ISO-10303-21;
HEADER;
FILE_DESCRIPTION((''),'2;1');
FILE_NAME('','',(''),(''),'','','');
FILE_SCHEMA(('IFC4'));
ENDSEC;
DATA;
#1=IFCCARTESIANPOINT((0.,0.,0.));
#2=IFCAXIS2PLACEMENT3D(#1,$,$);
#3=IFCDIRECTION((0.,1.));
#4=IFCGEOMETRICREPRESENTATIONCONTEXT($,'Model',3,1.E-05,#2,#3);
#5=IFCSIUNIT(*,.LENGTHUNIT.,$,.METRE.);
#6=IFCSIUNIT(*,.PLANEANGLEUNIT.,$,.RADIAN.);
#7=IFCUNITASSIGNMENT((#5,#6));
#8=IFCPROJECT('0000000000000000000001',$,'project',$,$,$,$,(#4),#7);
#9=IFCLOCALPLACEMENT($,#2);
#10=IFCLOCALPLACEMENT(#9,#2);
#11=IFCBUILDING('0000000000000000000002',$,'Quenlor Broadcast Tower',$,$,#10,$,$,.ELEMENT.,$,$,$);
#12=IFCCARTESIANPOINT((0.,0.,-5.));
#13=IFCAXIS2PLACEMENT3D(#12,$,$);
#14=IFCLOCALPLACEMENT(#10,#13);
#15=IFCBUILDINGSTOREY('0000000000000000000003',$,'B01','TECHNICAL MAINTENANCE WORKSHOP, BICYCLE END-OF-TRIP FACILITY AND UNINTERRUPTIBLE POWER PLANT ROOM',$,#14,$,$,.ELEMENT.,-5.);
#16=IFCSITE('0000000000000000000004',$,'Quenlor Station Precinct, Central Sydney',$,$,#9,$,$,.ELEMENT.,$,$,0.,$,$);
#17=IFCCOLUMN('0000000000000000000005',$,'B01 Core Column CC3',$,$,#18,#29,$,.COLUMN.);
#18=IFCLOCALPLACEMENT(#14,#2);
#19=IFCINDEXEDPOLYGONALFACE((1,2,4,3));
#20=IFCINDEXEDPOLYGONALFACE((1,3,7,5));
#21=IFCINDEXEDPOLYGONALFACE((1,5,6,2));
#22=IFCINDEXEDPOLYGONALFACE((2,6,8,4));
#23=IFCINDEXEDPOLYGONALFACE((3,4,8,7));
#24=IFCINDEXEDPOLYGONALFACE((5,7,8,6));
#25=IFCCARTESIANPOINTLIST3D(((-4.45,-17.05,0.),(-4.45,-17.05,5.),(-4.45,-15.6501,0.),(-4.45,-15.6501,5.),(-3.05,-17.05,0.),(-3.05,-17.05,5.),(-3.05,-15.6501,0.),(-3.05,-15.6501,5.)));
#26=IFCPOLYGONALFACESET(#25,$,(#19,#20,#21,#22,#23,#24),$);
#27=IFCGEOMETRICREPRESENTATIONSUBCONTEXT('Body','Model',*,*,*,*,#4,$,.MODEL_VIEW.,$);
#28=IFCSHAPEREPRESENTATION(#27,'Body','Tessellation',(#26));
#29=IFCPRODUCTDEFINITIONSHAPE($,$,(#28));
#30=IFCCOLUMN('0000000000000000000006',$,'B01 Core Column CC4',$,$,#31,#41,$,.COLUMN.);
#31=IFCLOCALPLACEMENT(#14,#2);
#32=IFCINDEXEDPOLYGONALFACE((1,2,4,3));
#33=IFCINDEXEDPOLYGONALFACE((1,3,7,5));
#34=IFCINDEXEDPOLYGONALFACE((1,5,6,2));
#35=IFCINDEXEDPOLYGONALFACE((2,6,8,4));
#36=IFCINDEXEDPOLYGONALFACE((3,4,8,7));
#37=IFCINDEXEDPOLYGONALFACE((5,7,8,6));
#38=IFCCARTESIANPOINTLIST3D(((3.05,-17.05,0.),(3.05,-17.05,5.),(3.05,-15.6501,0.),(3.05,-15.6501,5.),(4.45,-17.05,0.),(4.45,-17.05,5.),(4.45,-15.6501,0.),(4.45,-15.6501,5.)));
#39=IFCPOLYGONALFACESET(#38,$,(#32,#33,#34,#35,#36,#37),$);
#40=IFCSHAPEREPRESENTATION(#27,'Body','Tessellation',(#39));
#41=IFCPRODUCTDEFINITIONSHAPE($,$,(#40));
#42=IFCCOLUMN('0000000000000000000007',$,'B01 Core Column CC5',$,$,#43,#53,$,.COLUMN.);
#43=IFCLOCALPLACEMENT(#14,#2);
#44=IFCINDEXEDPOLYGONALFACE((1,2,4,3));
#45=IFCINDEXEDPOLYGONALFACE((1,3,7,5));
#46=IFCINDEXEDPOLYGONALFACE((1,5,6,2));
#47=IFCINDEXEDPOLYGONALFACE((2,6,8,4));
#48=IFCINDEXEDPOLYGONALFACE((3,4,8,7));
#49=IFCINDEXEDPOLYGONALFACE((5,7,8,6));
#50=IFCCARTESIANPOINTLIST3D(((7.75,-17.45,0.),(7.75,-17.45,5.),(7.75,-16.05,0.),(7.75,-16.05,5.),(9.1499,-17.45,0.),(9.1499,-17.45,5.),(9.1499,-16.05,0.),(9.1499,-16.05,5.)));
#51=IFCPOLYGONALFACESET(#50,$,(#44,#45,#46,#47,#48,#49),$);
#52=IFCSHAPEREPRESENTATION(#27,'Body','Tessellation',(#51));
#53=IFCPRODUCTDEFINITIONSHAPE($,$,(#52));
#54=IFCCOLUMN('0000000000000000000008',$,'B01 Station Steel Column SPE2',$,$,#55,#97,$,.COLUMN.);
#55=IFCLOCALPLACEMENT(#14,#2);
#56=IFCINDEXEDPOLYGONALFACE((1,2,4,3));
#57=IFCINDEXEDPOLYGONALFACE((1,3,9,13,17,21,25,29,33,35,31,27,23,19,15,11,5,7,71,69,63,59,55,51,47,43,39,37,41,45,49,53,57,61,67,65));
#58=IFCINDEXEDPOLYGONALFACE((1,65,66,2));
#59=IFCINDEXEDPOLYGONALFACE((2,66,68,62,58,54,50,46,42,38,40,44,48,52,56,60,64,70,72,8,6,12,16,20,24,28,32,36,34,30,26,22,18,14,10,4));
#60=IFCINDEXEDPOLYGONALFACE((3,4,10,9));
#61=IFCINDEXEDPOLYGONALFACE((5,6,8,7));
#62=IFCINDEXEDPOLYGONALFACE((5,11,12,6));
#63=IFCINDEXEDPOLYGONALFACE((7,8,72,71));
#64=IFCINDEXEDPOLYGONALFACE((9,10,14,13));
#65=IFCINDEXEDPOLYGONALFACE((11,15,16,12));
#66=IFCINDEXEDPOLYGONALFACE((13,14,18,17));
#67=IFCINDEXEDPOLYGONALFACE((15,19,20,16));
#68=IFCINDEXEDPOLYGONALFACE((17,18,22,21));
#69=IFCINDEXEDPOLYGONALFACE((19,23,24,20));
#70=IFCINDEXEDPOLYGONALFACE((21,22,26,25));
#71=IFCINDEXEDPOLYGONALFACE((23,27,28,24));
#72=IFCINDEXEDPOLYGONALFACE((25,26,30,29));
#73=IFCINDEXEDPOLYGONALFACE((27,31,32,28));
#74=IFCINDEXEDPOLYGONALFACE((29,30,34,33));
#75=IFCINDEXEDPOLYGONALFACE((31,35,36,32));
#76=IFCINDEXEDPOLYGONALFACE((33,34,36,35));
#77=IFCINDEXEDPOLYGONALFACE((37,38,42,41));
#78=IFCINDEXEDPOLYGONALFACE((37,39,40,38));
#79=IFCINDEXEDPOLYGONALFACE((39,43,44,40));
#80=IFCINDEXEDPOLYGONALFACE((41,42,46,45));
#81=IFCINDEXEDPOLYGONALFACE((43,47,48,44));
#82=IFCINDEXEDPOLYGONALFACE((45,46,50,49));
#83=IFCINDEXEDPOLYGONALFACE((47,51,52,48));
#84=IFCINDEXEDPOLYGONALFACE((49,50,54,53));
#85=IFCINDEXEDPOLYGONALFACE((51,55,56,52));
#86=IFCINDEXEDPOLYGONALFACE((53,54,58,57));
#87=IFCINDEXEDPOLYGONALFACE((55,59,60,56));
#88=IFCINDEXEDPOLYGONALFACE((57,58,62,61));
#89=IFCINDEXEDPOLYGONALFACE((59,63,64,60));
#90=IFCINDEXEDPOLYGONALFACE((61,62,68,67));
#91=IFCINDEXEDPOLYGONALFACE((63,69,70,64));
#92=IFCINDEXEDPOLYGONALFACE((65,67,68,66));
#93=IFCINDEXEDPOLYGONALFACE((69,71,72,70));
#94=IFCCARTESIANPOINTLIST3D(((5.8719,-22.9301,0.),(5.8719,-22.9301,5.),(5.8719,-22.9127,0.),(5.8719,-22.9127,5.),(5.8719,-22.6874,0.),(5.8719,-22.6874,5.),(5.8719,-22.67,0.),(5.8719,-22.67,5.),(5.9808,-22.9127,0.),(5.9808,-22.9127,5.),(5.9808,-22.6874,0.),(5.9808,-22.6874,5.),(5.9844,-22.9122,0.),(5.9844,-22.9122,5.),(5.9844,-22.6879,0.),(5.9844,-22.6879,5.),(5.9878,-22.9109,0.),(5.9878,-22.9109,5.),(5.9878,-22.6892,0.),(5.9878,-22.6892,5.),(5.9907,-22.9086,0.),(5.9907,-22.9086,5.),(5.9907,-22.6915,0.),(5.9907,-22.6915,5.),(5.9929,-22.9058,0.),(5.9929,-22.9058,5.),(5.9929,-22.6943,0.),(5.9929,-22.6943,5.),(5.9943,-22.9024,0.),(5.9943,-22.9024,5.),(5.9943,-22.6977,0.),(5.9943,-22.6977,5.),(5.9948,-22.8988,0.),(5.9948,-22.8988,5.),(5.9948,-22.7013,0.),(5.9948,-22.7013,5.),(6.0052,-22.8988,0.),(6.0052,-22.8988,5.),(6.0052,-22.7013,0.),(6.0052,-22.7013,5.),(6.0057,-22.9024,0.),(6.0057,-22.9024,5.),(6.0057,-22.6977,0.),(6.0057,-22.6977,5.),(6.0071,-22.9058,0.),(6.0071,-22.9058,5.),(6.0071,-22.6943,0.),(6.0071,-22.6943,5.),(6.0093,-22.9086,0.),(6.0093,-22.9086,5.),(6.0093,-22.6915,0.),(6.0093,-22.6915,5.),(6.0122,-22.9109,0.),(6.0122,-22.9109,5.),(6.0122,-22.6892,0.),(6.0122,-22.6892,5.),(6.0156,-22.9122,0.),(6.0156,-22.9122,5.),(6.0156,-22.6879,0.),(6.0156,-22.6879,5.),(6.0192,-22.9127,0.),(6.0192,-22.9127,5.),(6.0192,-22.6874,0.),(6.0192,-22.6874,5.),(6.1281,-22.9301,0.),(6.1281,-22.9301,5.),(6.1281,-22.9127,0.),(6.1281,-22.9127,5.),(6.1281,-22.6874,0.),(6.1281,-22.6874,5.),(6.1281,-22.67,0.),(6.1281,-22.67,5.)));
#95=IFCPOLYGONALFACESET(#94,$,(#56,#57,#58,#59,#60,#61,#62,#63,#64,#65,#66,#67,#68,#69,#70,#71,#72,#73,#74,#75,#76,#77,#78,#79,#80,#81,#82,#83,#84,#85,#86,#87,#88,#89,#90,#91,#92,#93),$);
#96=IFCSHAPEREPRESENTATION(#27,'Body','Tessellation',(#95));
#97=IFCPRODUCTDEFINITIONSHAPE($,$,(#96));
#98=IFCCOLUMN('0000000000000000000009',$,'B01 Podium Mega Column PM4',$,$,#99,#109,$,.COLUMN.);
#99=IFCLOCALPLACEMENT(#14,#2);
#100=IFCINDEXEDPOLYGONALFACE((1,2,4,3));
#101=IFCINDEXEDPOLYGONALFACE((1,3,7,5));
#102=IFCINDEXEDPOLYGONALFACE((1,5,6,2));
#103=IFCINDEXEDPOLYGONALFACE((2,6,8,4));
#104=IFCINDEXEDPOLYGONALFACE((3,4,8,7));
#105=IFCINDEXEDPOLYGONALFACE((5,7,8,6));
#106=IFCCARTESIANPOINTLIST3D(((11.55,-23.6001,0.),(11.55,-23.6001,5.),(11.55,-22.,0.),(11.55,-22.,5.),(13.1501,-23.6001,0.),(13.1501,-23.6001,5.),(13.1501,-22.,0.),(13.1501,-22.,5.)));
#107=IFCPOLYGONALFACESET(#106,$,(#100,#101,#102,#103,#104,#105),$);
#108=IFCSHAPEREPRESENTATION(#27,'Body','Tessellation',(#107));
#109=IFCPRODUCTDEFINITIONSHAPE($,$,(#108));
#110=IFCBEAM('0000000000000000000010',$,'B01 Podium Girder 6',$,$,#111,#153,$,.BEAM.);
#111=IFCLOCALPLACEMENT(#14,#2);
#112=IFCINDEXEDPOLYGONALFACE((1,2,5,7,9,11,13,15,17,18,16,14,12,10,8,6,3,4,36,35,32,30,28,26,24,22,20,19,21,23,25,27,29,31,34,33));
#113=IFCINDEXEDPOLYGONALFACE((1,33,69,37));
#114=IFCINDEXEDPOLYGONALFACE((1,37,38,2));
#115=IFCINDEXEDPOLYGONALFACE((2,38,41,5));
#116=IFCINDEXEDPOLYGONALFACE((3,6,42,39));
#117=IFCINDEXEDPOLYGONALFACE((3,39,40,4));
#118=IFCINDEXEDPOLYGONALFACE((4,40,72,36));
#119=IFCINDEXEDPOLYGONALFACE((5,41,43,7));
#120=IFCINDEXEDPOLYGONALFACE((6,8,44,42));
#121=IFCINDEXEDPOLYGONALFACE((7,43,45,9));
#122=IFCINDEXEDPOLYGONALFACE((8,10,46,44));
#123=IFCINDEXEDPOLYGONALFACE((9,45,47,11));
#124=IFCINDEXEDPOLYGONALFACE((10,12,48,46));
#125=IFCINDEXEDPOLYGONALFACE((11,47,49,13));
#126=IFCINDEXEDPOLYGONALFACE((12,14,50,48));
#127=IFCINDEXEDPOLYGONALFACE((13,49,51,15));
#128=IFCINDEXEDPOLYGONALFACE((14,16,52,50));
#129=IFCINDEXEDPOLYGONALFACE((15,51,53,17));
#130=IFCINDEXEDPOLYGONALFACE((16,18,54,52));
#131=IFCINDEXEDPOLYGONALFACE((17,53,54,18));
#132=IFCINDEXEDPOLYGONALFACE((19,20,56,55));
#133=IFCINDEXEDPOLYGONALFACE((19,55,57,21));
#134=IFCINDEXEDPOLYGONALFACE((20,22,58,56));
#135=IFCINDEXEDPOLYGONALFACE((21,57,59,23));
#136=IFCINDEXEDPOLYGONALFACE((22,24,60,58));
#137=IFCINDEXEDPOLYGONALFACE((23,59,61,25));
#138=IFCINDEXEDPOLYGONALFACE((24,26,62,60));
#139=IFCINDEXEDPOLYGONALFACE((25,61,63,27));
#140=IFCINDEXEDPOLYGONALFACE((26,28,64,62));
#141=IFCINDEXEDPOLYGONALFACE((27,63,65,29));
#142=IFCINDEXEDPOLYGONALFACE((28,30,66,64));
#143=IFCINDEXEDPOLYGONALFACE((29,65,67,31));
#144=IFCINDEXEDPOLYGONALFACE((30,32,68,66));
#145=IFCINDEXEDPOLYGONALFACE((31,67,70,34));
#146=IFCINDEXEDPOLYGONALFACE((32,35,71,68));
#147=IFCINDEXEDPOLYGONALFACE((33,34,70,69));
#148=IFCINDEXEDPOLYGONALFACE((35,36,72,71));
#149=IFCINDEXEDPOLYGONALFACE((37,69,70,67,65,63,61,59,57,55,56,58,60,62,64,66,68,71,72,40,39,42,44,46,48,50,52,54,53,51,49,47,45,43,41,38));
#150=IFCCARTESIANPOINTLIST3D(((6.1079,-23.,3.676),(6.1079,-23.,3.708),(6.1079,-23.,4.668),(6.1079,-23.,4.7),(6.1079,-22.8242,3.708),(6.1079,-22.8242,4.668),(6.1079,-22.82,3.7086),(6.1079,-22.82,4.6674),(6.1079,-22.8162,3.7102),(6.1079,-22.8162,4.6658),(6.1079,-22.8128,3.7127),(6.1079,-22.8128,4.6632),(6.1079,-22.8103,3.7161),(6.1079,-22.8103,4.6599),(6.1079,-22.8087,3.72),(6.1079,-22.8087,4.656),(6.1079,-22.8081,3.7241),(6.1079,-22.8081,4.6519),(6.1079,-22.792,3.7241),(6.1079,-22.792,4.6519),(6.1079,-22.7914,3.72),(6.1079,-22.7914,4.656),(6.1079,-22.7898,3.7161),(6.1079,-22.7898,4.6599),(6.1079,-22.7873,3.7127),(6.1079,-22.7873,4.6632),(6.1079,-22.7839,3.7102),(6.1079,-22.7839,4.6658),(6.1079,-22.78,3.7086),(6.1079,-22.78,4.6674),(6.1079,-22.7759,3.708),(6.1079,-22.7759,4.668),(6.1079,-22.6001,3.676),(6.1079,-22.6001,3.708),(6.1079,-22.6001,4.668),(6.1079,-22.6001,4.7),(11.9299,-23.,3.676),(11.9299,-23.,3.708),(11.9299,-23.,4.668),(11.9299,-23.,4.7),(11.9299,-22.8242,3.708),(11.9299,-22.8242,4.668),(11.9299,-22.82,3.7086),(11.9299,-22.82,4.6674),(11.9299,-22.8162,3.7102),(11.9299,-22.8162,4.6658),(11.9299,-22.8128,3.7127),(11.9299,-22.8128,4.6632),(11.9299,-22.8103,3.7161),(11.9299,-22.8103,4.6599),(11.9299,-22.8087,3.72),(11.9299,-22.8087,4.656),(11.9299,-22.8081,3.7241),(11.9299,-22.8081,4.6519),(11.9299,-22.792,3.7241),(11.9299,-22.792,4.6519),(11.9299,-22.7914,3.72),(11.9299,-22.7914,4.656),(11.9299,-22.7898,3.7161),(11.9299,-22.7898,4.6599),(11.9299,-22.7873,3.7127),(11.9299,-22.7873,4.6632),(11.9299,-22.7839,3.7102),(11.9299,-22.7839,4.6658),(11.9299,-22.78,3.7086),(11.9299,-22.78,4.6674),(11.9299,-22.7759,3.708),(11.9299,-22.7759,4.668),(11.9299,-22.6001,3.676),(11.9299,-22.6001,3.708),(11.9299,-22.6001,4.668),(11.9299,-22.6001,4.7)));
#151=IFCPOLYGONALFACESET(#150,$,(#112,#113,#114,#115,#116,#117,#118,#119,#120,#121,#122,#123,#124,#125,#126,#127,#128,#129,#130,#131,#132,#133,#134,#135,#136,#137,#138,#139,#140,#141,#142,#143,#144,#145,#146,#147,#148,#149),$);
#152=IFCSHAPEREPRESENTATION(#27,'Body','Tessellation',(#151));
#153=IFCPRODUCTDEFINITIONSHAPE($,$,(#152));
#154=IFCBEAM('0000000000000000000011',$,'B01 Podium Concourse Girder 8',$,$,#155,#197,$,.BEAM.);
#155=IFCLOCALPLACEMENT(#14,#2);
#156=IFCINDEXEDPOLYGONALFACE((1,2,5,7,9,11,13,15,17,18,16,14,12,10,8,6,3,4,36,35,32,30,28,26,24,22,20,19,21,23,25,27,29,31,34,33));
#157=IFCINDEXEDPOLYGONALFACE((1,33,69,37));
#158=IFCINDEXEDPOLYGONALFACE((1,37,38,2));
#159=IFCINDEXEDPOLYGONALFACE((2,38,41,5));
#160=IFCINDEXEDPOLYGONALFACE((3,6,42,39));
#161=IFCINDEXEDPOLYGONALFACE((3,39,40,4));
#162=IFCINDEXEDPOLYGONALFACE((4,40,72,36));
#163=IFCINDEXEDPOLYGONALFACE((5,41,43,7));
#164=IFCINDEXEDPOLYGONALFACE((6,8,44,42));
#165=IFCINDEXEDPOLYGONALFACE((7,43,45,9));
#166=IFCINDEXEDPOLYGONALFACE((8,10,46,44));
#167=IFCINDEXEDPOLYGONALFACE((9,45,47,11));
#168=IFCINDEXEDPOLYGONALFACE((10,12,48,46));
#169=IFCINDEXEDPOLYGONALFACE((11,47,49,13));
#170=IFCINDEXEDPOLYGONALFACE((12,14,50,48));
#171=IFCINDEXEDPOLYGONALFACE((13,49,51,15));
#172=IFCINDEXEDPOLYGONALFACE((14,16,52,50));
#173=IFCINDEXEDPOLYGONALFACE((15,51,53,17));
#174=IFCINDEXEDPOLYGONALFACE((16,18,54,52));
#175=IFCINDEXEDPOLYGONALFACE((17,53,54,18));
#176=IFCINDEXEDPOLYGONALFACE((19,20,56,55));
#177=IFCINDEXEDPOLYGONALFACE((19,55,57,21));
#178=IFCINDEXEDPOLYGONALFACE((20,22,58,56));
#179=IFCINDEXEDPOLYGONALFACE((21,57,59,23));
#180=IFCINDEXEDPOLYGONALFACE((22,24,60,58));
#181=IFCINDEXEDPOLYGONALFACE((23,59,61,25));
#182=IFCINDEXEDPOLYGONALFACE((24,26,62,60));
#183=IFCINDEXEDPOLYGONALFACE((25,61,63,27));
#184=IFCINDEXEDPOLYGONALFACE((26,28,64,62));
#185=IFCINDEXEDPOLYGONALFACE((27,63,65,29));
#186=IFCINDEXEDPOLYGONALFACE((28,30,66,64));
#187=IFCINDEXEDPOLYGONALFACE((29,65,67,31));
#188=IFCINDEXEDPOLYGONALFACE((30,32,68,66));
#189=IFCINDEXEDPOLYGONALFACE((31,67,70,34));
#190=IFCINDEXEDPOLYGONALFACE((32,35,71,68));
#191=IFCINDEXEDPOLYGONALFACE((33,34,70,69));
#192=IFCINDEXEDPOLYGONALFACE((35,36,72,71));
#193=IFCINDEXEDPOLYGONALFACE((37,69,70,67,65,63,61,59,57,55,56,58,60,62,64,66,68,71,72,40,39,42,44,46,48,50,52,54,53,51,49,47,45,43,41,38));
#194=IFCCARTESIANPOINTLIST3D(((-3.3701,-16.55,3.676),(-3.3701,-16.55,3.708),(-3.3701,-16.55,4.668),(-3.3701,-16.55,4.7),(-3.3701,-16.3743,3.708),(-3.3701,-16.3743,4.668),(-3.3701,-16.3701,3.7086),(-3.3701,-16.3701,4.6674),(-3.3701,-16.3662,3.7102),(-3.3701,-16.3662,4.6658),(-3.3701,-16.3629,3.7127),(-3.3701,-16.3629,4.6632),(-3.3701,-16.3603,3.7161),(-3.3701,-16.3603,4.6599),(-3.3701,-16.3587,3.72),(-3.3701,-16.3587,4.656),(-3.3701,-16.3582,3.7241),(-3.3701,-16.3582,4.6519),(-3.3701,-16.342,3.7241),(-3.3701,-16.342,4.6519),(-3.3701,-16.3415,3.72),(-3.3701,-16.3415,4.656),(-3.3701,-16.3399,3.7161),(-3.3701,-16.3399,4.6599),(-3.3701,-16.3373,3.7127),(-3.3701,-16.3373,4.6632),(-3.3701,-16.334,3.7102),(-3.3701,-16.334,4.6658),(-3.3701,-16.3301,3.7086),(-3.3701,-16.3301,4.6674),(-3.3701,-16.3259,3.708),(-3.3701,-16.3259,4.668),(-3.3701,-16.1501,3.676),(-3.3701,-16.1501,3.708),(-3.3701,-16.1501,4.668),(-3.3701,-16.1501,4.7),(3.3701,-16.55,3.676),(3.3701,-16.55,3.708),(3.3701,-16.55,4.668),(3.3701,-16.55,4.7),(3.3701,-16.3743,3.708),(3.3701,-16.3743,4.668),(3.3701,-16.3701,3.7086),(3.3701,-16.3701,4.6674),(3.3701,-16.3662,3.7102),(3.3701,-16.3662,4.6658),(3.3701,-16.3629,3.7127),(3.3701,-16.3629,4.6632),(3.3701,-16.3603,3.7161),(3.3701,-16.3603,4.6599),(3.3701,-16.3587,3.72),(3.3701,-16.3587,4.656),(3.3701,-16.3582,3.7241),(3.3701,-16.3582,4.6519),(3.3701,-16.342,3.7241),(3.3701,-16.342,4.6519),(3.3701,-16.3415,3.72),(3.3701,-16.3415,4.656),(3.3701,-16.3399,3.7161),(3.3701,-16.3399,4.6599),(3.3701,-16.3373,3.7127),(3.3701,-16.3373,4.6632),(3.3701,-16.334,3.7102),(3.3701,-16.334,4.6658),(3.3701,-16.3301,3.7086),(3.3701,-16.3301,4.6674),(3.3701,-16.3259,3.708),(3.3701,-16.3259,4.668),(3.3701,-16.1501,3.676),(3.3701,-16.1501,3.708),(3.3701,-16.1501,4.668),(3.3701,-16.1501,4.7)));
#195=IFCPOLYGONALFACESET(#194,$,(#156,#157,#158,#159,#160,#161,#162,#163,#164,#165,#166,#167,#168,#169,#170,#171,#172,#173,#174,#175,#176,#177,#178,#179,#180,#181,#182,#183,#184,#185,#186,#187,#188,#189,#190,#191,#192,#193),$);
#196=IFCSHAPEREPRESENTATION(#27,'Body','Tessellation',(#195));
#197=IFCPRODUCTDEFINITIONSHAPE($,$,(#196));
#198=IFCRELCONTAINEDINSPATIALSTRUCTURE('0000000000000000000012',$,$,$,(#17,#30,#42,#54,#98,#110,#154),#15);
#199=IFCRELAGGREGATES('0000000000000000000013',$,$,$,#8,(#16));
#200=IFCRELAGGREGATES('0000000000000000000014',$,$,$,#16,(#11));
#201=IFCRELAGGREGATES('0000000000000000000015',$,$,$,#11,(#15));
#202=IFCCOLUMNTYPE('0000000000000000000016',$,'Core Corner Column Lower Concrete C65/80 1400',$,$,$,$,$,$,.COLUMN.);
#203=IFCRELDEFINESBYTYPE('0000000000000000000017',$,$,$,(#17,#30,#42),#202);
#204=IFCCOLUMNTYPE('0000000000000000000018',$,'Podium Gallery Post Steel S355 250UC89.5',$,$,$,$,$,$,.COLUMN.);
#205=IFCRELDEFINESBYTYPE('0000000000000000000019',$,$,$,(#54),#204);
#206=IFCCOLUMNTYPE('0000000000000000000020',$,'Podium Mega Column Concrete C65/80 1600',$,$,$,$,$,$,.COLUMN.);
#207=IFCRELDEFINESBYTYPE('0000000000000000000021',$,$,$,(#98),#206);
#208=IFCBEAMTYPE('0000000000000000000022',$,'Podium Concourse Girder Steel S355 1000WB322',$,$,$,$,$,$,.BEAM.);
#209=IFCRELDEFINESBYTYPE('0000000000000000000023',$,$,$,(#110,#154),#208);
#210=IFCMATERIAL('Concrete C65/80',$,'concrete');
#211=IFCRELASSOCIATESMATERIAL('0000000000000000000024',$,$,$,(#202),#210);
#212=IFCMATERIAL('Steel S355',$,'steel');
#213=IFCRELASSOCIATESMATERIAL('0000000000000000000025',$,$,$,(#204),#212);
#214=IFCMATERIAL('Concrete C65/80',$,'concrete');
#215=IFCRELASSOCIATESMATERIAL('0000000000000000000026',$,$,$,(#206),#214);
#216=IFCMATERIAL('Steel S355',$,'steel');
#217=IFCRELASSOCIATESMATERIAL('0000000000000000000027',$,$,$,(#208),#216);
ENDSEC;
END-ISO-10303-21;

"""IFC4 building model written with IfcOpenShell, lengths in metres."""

from ifc_helpers import new_model, si_unit, direction, frame, origin, origin_2d, place, context, subcontext, project, spatial, rectangle, i_section, extrude, material, material_profile, profile_set, type_object, element, save


model = new_model("IFC4")

# Units and contexts
model_context = context("Model", 3, precision=1e-05, world=origin(), true_north=direction((0.0, 1.0)))
body_context = subcontext(model_context, "Body", "Model", "MODEL_VIEW")
ifc_project = project(units=[si_unit("LENGTHUNIT", "METRE"), si_unit("PLANEANGLEUNIT", "RADIAN")], contexts=[model_context])

# Site, building, storey
site_placement = place(None, origin())
site = spatial("IfcSite", under=ifc_project, at=site_placement, Name="Quenlor Station Precinct, Central Sydney", CompositionType="ELEMENT", RefElevation=0.0)
building_placement = place(site_placement, origin())
building = spatial("IfcBuilding", under=site, at=building_placement, Name="Quenlor Broadcast Tower", CompositionType="ELEMENT")
storey_placement = place(building_placement, frame((0.0, 0.0, -5.0)))
storey = spatial("IfcBuildingStorey", under=building, at=storey_placement, Name="B01", Description="TECHNICAL MAINTENANCE WORKSHOP, BICYCLE END-OF-TRIP FACILITY AND UNINTERRUPTIBLE POWER PLANT ROOM", CompositionType="ELEMENT", Elevation=-5.0)

# Columns
ifc_material_1 = material(Name="Concrete C65/80", Category="concrete")
ifc_material_profile_1 = material_profile(ifc_material_1, rectangle(XDim=1.3999, YDim=1.3999, at=origin_2d()))
ifc_profile_set_1 = profile_set([ifc_material_profile_1], Name="Concrete C65/80 RC1400x1400")
column_type_1 = type_object("IfcColumnType", Name="Core Corner Column Lower Concrete C65/80 1400", PredefinedType="COLUMN", material=ifc_profile_set_1)
for number, where, z_axis, x_axis, name in (
    (1, (-3.75, -16.3501, 0.0), (0.0, 0.0, 1.0), (1.0, 0.0, 0.0), "B01 Core Column CC3"),
    (2, (3.75, -16.3501, 0.0), (0.0, 0.0, 1.0), (1.0, 0.0, 0.0), "B01 Core Column CC4"),
    (3, (8.45, -16.75, 0.0), (0.0, 0.0, 1.0), (1.0, 0.0, 0.0), "B01 Core Column CC5"),
):
    element("IfcColumn", number, at=place(storey_placement, frame(where, z_axis=z_axis, x_axis=x_axis)), inside=storey, type_object=column_type_1, Name=name, PredefinedType="COLUMN", context=body_context, shape_type="SweptSolid", body=[
        extrude(rectangle(XDim=1.3999, YDim=1.3999, at=origin_2d()), origin(), (0.0, 0.0, 1.0), 5.0),
    ])
ifc_material_2 = material(Name="Steel S355", Category="steel")
ifc_material_profile_2 = material_profile(ifc_material_2, i_section(OverallWidth=0.2561, OverallDepth=0.26, WebThickness=0.0105, FlangeThickness=0.0173, FilletRadius=0.0139, at=origin_2d()))
ifc_profile_set_2 = profile_set([ifc_material_profile_2], Name="Steel S355 250UC89.5")
column_type_2 = type_object("IfcColumnType", Name="Podium Gallery Post Steel S355 250UC89.5", PredefinedType="COLUMN", material=ifc_profile_set_2)
column_1_placement = place(storey_placement, frame((6.0, -22.8, 0.0), z_axis=(0.0, 0.0, 1.0), x_axis=(1.0, 0.0, 0.0)))
element("IfcColumn", 4, at=column_1_placement, inside=storey, type_object=column_type_2, Name="B01 Station Steel Column SPE2", PredefinedType="COLUMN", context=body_context, shape_type="SweptSolid", body=[
    extrude(i_section(OverallWidth=0.2561, OverallDepth=0.26, WebThickness=0.0105, FlangeThickness=0.0173, FilletRadius=0.0139, at=origin_2d()), origin(), (0.0, 0.0, 1.0), 5.0),
])
ifc_material_3 = material(Name="Concrete C65/80", Category="concrete")
ifc_material_profile_3 = material_profile(ifc_material_3, rectangle(XDim=1.6001, YDim=1.6001, at=origin_2d()))
ifc_profile_set_3 = profile_set([ifc_material_profile_3], Name="Concrete C65/80 RC1600x1600")
column_type_3 = type_object("IfcColumnType", Name="Podium Mega Column Concrete C65/80 1600", PredefinedType="COLUMN", material=ifc_profile_set_3)
column_2_placement = place(storey_placement, frame((12.3501, -22.8, 0.0), z_axis=(0.0, 0.0, 1.0), x_axis=(1.0, 0.0, 0.0)))
element("IfcColumn", 5, at=column_2_placement, inside=storey, type_object=column_type_3, Name="B01 Podium Mega Column PM4", PredefinedType="COLUMN", context=body_context, shape_type="SweptSolid", body=[
    extrude(rectangle(XDim=1.6001, YDim=1.6001, at=origin_2d()), origin(), (0.0, 0.0, 1.0), 5.0),
])

# Beams
ifc_material_4 = material(Name="Steel S355", Category="steel")
ifc_material_profile_4 = material_profile(ifc_material_4, i_section(OverallWidth=0.3999, OverallDepth=1.0239, WebThickness=0.0161, FlangeThickness=0.032, FilletRadius=0.0161, at=origin_2d()))
ifc_profile_set_4 = profile_set([ifc_material_profile_4], Name="Steel S355 1000WB322")
beam_type = type_object("IfcBeamType", Name="Podium Concourse Girder Steel S355 1000WB322", PredefinedType="BEAM", material=ifc_profile_set_4)
beam_1_placement = place(storey_placement, frame((6.1079, -22.8, 4.188), z_axis=(1.0, 0.0, 0.0), x_axis=(0.0, 1.0, 0.0)))
element("IfcBeam", 6, at=beam_1_placement, inside=storey, type_object=beam_type, Name="B01 Podium Girder 6", PredefinedType="BEAM", context=body_context, shape_type="SweptSolid", body=[
    extrude(i_section(OverallWidth=0.3999, OverallDepth=1.0239, WebThickness=0.0161, FlangeThickness=0.032, FilletRadius=0.0161, at=origin_2d()), origin(), (0.0, 0.0, 1.0), 5.822),
])
beam_2_placement = place(storey_placement, frame((-3.3701, -16.3501, 4.188), z_axis=(1.0, 0.0, 0.0), x_axis=(0.0, 1.0, 0.0)))
element("IfcBeam", 7, at=beam_2_placement, inside=storey, type_object=beam_type, Name="B01 Podium Concourse Girder 8", PredefinedType="BEAM", context=body_context, shape_type="SweptSolid", body=[
    extrude(i_section(OverallWidth=0.3999, OverallDepth=1.0239, WebThickness=0.0161, FlangeThickness=0.032, FilletRadius=0.0161, at=origin_2d()), origin(), (0.0, 0.0, 1.0), 6.7402),
])

save(model, "model.ifc")
